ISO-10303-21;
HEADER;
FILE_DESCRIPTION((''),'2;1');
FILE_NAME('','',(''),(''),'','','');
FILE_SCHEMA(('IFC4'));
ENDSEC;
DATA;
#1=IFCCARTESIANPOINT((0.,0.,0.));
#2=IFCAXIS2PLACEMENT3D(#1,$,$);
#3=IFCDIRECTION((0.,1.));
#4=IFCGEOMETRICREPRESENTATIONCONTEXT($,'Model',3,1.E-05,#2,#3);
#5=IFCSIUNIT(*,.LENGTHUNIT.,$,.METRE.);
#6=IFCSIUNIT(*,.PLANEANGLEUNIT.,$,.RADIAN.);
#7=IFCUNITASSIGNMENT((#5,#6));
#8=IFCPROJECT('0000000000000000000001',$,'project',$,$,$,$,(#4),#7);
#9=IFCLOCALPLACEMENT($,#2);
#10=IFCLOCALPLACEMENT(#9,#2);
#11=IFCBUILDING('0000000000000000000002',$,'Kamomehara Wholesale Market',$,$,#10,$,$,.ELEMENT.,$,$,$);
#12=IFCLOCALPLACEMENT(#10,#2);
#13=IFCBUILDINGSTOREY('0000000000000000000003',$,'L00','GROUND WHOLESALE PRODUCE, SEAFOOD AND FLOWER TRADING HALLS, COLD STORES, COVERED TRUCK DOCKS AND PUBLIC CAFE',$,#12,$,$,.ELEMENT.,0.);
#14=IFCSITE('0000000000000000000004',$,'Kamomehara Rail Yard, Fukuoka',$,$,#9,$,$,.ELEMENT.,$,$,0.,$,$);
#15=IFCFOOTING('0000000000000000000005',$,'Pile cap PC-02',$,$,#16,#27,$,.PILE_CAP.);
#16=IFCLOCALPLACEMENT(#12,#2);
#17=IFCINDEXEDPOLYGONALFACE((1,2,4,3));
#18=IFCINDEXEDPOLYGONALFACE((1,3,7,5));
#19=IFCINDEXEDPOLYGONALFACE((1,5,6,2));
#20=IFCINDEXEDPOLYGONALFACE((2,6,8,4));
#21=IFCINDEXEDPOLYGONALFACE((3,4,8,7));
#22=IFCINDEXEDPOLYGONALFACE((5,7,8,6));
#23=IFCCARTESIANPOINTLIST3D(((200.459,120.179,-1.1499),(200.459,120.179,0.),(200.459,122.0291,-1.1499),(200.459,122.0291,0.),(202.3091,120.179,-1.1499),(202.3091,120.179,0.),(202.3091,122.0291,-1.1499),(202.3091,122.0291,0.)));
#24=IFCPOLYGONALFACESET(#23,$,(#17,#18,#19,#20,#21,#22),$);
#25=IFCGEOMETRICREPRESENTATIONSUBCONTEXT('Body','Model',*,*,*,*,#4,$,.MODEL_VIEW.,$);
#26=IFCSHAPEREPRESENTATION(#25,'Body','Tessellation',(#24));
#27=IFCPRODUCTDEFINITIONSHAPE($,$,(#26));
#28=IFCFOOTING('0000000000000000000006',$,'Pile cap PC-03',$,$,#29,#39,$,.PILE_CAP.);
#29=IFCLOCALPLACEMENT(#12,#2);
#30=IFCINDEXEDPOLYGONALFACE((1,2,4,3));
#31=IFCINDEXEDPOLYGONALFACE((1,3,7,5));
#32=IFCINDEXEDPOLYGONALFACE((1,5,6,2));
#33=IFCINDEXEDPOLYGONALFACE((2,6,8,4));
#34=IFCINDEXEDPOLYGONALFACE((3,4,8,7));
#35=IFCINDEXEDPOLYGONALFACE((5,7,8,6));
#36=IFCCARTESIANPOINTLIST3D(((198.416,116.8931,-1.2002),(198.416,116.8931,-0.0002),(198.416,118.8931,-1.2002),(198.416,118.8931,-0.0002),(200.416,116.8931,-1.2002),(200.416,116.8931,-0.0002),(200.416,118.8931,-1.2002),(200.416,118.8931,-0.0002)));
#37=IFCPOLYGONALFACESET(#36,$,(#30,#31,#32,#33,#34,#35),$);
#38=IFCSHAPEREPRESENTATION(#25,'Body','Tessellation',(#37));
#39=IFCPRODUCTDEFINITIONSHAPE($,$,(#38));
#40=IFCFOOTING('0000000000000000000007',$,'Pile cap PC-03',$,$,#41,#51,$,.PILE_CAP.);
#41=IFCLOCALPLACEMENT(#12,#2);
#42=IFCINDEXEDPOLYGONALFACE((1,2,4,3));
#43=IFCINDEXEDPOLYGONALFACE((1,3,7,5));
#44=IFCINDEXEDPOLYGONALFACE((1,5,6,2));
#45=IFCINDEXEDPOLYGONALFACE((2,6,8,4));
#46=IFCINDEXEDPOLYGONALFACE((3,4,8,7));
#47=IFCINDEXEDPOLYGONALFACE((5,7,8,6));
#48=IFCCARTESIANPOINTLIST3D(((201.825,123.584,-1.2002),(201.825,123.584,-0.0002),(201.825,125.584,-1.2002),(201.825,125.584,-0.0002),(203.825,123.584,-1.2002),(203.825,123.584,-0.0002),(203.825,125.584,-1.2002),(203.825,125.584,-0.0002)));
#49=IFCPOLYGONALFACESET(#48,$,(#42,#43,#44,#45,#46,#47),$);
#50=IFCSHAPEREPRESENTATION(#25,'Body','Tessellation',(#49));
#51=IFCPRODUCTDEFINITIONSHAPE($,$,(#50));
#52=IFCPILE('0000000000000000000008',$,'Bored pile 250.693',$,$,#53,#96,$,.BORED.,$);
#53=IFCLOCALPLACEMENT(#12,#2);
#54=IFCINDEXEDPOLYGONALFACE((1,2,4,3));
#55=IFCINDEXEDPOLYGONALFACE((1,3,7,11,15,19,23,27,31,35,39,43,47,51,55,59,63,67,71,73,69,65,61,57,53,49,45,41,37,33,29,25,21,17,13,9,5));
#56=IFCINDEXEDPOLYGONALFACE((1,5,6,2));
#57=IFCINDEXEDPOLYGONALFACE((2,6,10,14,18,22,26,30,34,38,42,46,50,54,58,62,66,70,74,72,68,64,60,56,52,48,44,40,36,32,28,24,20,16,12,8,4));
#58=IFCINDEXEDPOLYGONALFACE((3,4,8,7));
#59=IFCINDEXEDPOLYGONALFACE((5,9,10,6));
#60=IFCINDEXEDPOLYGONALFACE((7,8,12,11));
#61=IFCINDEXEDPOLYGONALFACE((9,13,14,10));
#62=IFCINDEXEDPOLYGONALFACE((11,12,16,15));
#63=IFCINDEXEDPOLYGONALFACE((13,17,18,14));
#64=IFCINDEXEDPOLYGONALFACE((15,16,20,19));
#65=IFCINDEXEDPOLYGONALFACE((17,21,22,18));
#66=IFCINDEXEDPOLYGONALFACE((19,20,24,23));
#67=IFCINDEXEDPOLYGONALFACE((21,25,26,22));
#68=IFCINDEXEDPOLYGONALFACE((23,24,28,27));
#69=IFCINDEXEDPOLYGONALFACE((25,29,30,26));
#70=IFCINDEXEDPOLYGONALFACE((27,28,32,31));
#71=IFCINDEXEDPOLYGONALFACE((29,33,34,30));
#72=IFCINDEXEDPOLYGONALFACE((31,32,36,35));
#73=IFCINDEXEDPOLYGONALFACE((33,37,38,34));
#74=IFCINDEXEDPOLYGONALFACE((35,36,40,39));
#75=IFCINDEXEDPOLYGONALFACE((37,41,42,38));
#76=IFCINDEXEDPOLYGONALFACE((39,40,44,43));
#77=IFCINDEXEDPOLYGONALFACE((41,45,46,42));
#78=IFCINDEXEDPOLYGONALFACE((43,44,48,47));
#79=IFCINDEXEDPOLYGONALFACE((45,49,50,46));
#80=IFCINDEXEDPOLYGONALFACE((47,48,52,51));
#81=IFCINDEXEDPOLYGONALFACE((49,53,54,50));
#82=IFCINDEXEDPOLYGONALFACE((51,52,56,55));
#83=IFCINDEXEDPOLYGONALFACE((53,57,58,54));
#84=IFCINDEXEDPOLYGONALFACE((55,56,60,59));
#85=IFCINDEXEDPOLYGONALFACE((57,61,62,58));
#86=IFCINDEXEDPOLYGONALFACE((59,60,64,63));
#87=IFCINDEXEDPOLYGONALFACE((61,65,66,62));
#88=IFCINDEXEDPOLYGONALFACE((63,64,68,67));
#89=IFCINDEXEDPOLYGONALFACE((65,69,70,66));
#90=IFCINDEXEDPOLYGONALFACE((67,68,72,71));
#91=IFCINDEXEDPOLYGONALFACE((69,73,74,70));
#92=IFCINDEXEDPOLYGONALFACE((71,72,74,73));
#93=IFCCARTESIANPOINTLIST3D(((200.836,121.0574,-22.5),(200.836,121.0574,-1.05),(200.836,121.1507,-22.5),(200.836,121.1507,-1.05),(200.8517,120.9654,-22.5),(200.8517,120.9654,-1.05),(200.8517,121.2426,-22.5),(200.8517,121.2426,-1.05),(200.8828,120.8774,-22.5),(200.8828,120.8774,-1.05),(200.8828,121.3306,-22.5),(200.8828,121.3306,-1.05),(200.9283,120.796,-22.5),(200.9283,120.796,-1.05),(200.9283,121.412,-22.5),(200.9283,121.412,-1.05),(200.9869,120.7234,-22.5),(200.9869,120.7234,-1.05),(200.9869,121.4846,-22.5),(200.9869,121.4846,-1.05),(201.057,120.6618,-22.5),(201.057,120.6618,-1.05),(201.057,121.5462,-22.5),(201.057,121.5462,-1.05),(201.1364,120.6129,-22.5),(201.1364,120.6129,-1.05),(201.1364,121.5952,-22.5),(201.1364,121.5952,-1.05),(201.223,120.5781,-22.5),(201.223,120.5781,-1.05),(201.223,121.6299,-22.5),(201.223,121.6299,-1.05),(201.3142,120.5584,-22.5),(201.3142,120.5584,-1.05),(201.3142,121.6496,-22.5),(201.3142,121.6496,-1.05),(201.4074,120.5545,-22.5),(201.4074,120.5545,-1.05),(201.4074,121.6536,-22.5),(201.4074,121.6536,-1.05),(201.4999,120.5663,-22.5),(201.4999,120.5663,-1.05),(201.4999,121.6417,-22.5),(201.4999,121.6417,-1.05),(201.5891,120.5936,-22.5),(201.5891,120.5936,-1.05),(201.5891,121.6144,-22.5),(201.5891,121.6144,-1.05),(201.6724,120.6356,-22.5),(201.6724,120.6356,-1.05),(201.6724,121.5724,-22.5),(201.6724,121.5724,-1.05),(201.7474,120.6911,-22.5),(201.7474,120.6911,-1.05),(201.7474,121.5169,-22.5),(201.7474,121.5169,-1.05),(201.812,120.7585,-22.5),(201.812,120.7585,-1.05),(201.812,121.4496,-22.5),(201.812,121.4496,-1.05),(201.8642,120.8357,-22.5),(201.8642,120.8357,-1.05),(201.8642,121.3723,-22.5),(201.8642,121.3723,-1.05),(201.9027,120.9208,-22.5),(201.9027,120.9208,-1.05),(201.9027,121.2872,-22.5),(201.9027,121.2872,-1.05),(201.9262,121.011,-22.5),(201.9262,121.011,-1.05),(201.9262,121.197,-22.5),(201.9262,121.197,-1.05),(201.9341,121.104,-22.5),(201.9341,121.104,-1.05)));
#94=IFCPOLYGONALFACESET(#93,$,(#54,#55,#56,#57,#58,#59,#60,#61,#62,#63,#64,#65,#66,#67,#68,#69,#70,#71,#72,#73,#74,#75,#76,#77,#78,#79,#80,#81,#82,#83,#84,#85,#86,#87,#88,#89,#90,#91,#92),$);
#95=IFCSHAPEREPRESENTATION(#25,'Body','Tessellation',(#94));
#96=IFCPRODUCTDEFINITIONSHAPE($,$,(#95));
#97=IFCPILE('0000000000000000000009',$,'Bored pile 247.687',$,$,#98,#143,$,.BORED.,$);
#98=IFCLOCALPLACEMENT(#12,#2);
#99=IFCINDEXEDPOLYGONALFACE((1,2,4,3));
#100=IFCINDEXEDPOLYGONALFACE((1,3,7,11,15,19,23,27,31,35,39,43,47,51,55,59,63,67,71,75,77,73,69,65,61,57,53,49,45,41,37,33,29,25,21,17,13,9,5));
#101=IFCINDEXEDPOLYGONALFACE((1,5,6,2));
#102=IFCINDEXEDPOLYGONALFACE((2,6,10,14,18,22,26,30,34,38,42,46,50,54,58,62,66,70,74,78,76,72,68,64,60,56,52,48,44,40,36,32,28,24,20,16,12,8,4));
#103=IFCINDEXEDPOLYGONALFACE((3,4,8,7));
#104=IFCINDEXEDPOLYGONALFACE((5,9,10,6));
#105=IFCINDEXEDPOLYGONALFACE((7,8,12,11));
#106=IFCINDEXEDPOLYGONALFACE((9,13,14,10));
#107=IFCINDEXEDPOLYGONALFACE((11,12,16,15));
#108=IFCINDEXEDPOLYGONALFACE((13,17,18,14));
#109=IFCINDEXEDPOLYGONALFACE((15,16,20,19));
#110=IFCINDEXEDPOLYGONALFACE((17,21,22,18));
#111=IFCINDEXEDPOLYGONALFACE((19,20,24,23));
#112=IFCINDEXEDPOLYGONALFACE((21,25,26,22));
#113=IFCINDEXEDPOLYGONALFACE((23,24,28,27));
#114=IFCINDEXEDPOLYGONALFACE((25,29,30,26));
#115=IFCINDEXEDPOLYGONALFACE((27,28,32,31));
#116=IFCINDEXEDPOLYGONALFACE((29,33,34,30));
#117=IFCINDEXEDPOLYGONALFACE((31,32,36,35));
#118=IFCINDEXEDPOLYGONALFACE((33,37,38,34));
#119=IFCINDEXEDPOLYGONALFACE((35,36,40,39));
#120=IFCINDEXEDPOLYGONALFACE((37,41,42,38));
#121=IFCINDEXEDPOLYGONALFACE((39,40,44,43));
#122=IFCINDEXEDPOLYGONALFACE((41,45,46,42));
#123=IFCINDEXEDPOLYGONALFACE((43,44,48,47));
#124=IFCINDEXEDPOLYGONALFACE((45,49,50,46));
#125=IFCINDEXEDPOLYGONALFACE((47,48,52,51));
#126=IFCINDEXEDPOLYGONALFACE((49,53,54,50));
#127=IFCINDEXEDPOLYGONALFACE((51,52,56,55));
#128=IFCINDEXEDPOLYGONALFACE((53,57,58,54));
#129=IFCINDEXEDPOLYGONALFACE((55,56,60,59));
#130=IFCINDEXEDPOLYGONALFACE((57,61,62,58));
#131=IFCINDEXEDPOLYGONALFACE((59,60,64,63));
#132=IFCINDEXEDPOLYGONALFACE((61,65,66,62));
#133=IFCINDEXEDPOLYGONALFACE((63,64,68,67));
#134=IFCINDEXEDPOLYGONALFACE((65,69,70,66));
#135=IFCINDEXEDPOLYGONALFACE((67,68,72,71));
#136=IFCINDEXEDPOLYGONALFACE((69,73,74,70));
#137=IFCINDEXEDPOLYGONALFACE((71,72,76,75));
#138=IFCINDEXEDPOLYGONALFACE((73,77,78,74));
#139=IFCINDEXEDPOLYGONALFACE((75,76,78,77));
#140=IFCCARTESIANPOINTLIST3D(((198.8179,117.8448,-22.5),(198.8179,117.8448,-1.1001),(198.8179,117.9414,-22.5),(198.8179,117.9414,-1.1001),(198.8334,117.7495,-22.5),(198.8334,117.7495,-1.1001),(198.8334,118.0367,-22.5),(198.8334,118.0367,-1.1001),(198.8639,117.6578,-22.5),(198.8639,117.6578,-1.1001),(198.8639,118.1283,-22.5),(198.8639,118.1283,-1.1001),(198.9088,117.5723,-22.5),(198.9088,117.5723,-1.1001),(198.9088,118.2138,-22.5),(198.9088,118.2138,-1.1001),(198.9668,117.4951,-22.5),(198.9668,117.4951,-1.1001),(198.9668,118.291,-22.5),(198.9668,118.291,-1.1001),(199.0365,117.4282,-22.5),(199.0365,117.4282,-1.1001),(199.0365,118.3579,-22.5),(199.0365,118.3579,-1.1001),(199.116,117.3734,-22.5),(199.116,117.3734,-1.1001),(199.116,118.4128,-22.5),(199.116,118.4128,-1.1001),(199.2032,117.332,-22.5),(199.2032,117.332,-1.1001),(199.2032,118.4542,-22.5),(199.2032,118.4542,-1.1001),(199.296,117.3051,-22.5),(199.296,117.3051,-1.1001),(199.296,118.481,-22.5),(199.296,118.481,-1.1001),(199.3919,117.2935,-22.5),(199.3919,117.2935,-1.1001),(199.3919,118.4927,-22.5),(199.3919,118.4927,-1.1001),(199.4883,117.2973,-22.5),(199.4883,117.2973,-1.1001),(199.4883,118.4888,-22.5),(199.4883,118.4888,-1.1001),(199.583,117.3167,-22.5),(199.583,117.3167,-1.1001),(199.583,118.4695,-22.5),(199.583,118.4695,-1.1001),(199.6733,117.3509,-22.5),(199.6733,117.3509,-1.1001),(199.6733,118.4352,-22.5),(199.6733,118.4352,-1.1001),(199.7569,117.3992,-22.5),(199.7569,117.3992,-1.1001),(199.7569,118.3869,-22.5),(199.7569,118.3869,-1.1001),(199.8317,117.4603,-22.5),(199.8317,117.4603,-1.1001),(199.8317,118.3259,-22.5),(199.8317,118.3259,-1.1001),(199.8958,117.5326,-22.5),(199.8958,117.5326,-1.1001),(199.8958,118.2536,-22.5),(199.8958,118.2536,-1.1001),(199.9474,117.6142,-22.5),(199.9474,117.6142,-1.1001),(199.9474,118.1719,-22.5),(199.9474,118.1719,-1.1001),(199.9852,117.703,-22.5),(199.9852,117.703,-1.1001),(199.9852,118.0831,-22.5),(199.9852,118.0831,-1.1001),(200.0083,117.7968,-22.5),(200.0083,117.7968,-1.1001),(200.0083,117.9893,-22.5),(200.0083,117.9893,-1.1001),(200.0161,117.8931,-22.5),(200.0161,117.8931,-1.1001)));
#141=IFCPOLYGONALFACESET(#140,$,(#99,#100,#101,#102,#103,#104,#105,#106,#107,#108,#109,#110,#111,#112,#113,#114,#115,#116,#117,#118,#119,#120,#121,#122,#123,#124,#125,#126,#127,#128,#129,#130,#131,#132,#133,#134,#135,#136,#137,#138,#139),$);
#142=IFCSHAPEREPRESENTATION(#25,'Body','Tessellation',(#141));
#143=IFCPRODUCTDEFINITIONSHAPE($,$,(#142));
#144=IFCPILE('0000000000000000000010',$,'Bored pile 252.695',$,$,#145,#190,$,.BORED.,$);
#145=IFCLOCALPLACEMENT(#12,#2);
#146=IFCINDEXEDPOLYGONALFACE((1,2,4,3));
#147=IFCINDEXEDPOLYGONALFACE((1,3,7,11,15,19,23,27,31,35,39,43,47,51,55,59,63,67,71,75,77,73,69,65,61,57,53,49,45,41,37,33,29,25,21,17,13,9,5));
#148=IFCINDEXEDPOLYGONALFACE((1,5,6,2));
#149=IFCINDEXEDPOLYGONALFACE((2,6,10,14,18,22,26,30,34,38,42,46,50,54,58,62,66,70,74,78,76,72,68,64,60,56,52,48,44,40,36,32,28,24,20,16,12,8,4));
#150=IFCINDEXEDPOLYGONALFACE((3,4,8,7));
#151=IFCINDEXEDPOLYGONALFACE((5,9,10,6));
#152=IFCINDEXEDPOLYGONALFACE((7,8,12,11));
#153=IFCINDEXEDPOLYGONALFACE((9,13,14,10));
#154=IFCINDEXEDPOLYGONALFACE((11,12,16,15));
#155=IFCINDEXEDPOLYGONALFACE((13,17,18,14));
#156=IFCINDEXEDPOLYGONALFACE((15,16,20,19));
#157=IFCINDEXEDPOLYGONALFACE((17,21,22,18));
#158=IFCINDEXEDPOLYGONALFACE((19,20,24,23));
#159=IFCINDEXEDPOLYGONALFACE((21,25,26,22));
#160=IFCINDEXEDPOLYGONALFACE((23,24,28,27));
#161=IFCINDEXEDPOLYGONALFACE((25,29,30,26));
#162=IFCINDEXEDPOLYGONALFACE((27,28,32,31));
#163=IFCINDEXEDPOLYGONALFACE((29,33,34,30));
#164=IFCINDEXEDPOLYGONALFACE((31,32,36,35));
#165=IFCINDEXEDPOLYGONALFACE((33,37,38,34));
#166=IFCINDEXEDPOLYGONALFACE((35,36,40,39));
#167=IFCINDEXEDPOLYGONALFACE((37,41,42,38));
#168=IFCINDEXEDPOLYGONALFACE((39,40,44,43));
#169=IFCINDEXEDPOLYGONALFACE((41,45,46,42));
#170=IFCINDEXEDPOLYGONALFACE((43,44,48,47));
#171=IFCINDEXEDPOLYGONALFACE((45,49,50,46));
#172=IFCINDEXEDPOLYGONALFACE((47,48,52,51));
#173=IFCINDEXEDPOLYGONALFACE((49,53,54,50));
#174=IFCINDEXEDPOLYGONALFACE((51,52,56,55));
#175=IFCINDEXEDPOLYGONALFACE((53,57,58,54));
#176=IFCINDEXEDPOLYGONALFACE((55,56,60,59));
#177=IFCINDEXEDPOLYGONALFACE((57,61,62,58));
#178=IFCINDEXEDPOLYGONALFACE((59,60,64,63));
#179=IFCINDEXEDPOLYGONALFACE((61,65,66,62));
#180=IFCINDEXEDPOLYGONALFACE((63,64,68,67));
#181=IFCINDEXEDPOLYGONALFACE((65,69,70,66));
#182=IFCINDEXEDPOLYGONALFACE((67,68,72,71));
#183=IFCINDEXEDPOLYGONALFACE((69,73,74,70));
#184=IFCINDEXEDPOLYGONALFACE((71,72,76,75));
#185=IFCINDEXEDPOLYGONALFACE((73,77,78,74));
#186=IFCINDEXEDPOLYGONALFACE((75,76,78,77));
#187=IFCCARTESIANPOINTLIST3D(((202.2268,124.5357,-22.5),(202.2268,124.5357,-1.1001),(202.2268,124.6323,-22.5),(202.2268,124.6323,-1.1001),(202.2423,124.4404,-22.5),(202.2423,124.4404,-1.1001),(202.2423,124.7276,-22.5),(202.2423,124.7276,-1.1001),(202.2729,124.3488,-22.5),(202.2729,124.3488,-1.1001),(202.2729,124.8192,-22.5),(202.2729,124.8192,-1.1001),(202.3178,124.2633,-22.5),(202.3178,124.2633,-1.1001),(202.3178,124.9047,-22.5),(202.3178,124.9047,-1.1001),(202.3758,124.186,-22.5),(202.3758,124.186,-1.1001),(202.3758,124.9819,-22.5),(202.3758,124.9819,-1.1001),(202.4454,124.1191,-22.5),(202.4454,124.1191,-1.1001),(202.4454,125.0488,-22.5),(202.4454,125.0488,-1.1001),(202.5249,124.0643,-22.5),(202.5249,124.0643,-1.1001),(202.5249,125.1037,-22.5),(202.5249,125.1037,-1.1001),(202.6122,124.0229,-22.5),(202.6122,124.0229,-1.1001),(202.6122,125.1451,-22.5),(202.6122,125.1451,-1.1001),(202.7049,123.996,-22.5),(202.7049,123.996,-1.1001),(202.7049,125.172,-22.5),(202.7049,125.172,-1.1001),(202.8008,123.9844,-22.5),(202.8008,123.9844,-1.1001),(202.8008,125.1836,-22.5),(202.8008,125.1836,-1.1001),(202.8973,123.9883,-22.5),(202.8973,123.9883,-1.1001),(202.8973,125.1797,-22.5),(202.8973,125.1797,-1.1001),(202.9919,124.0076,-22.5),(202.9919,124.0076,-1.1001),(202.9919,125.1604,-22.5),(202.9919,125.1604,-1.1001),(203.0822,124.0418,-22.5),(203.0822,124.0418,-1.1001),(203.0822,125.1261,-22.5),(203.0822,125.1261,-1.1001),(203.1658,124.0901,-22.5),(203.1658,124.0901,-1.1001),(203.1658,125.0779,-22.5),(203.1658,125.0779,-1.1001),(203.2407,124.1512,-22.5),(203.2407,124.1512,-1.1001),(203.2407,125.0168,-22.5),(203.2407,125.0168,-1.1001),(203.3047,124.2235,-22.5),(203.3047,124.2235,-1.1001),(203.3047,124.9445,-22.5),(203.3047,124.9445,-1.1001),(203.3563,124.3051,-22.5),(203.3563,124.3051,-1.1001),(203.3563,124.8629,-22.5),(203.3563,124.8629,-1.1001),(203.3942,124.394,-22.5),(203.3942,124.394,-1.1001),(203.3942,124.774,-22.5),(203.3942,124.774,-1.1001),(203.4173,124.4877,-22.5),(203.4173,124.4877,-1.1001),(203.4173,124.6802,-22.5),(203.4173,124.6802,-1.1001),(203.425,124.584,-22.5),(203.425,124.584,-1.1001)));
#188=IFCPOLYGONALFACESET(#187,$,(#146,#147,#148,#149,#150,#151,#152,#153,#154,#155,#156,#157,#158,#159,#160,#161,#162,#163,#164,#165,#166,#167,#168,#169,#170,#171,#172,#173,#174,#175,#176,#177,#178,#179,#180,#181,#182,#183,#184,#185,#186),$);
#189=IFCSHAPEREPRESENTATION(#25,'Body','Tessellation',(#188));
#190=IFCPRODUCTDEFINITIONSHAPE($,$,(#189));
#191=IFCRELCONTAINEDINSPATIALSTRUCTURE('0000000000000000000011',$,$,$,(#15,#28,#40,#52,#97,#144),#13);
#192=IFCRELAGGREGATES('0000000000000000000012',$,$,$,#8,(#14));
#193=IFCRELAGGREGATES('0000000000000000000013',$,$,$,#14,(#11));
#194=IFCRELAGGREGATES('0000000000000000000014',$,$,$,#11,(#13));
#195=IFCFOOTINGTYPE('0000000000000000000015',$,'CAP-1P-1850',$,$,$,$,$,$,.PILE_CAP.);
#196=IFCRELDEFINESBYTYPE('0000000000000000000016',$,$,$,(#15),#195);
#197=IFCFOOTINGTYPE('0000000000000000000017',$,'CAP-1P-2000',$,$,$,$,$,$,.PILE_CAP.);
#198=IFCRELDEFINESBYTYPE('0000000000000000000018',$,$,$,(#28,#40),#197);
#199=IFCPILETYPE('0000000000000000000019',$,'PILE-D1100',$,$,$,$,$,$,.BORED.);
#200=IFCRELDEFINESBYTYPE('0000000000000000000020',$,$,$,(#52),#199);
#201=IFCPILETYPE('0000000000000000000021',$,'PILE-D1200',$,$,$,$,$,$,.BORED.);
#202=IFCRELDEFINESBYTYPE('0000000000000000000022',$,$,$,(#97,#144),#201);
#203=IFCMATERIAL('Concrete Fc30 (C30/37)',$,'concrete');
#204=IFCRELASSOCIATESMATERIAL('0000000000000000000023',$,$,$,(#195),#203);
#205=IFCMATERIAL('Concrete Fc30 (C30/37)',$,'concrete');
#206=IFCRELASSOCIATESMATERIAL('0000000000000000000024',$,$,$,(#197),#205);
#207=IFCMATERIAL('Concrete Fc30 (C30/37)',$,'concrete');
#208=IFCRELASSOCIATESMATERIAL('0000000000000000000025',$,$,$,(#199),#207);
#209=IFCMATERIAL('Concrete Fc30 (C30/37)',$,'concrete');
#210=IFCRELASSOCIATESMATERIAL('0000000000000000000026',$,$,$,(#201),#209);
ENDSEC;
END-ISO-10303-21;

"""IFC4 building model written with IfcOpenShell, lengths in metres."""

from ifc_helpers import new_model, si_unit, direction, frame, origin, origin_2d, place, context, subcontext, project, spatial, rectangle, circle, extrude, material, material_profile, profile_set, type_object, element, save


model = new_model("IFC4")

# Units and contexts
model_context = context("Model", 3, precision=1e-05, world=origin(), true_north=direction((0.0, 1.0)))
body_context = subcontext(model_context, "Body", "Model", "MODEL_VIEW")
ifc_project = project(units=[si_unit("LENGTHUNIT", "METRE"), si_unit("PLANEANGLEUNIT", "RADIAN")], contexts=[model_context])

# Site, building, storey
site_placement = place(None, origin())
site = spatial("IfcSite", under=ifc_project, at=site_placement, Name="Kamomehara Rail Yard, Fukuoka", CompositionType="ELEMENT", RefElevation=0.0)
building_placement = place(site_placement, origin())
building = spatial("IfcBuilding", under=site, at=building_placement, Name="Kamomehara Wholesale Market", CompositionType="ELEMENT")
storey_placement = place(building_placement, origin())
storey = spatial("IfcBuildingStorey", under=building, at=storey_placement, Name="L00", Description="GROUND WHOLESALE PRODUCE, SEAFOOD AND FLOWER TRADING HALLS, COLD STORES, COVERED TRUCK DOCKS AND PUBLIC CAFE", CompositionType="ELEMENT", Elevation=0.0)

# Footings
ifc_material_1 = material(Name="Concrete Fc30 (C30/37)", Category="concrete")
footing_type_1 = type_object("IfcFootingType", Name="CAP-1P-1850", PredefinedType="PILE_CAP", material=ifc_material_1)
footing_placement = place(storey_placement, frame((201.384, 121.104, -1.1499), z_axis=(0.0, 0.0, 1.0), x_axis=(1.0, 0.0, 0.0)))
element("IfcFooting", 1, at=footing_placement, inside=storey, type_object=footing_type_1, Name="Pile cap PC-02", PredefinedType="PILE_CAP", context=body_context, shape_type="SweptSolid", body=[
    extrude(rectangle(XDim=1.8501, YDim=1.8501, at=origin_2d()), origin(), (0.0, 0.0, 1.0), 1.1499),
])
ifc_material_2 = material(Name="Concrete Fc30 (C30/37)", Category="concrete")
footing_type_2 = type_object("IfcFootingType", Name="CAP-1P-2000", PredefinedType="PILE_CAP", material=ifc_material_2)
for number, where, z_axis, x_axis, name in (
    (2, (199.416, 117.8931, -1.2002), (0.0, 0.0, 1.0), (1.0, 0.0, 0.0), "Pile cap PC-03"),
    (3, (202.825, 124.584, -1.2002), (0.0, 0.0, 1.0), (1.0, 0.0, 0.0), "Pile cap PC-03"),
):
    element("IfcFooting", number, at=place(storey_placement, frame(where, z_axis=z_axis, x_axis=x_axis)), inside=storey, type_object=footing_type_2, Name=name, PredefinedType="PILE_CAP", context=body_context, shape_type="SweptSolid", body=[
        extrude(rectangle(XDim=2.0, YDim=2.0, at=origin_2d()), origin(), (0.0, 0.0, 1.0), 1.2),
    ])

# Piles
ifc_material_3 = material(Name="Concrete Fc30 (C30/37)", Category="concrete")
ifc_material_profile_1 = material_profile(ifc_material_3, circle(Radius=0.55, at=origin_2d()), Name="RC-PILE-D1100")
ifc_profile_set_1 = profile_set([ifc_material_profile_1], Name="Concrete Fc30 (C30/37)")
pile_type_1 = type_object("IfcPileType", Name="PILE-D1100", PredefinedType="BORED", material=ifc_profile_set_1)
pile_placement = place(storey_placement, frame((201.384, 121.104, -1.05), z_axis=(0.0, 0.0, -1.0), x_axis=(1.0, 0.0, 0.0)))
element("IfcPile", 4, at=pile_placement, inside=storey, type_object=pile_type_1, Name="Bored pile 250.693", PredefinedType="BORED", context=body_context, shape_type="SweptSolid", body=[
    extrude(circle(Radius=0.55, at=origin_2d()), origin(), (0.0, 0.0, 1.0), 21.45),
])
ifc_material_4 = material(Name="Concrete Fc30 (C30/37)", Category="concrete")
ifc_material_profile_2 = material_profile(ifc_material_4, circle(Radius=0.6001, at=origin_2d()), Name="RC-PILE-D1200")
ifc_profile_set_2 = profile_set([ifc_material_profile_2], Name="Concrete Fc30 (C30/37)")
pile_type_2 = type_object("IfcPileType", Name="PILE-D1200", PredefinedType="BORED", material=ifc_profile_set_2)
for number, where, z_axis, x_axis, name in (
    (5, (199.416, 117.8931, -1.1001), (0.0, 0.0, -1.0), (1.0, 0.0, 0.0), "Bored pile 247.687"),
    (6, (202.825, 124.584, -1.1001), (0.0, 0.0, -1.0), (1.0, 0.0, 0.0), "Bored pile 252.695"),
):
    element("IfcPile", number, at=place(storey_placement, frame(where, z_axis=z_axis, x_axis=x_axis)), inside=storey, type_object=pile_type_2, Name=name, PredefinedType="BORED", context=body_context, shape_type="SweptSolid", body=[
        extrude(circle(Radius=0.6001, at=origin_2d()), origin(), (0.0, 0.0, 1.0), 21.3999),
    ])

save(model, "model.ifc")
